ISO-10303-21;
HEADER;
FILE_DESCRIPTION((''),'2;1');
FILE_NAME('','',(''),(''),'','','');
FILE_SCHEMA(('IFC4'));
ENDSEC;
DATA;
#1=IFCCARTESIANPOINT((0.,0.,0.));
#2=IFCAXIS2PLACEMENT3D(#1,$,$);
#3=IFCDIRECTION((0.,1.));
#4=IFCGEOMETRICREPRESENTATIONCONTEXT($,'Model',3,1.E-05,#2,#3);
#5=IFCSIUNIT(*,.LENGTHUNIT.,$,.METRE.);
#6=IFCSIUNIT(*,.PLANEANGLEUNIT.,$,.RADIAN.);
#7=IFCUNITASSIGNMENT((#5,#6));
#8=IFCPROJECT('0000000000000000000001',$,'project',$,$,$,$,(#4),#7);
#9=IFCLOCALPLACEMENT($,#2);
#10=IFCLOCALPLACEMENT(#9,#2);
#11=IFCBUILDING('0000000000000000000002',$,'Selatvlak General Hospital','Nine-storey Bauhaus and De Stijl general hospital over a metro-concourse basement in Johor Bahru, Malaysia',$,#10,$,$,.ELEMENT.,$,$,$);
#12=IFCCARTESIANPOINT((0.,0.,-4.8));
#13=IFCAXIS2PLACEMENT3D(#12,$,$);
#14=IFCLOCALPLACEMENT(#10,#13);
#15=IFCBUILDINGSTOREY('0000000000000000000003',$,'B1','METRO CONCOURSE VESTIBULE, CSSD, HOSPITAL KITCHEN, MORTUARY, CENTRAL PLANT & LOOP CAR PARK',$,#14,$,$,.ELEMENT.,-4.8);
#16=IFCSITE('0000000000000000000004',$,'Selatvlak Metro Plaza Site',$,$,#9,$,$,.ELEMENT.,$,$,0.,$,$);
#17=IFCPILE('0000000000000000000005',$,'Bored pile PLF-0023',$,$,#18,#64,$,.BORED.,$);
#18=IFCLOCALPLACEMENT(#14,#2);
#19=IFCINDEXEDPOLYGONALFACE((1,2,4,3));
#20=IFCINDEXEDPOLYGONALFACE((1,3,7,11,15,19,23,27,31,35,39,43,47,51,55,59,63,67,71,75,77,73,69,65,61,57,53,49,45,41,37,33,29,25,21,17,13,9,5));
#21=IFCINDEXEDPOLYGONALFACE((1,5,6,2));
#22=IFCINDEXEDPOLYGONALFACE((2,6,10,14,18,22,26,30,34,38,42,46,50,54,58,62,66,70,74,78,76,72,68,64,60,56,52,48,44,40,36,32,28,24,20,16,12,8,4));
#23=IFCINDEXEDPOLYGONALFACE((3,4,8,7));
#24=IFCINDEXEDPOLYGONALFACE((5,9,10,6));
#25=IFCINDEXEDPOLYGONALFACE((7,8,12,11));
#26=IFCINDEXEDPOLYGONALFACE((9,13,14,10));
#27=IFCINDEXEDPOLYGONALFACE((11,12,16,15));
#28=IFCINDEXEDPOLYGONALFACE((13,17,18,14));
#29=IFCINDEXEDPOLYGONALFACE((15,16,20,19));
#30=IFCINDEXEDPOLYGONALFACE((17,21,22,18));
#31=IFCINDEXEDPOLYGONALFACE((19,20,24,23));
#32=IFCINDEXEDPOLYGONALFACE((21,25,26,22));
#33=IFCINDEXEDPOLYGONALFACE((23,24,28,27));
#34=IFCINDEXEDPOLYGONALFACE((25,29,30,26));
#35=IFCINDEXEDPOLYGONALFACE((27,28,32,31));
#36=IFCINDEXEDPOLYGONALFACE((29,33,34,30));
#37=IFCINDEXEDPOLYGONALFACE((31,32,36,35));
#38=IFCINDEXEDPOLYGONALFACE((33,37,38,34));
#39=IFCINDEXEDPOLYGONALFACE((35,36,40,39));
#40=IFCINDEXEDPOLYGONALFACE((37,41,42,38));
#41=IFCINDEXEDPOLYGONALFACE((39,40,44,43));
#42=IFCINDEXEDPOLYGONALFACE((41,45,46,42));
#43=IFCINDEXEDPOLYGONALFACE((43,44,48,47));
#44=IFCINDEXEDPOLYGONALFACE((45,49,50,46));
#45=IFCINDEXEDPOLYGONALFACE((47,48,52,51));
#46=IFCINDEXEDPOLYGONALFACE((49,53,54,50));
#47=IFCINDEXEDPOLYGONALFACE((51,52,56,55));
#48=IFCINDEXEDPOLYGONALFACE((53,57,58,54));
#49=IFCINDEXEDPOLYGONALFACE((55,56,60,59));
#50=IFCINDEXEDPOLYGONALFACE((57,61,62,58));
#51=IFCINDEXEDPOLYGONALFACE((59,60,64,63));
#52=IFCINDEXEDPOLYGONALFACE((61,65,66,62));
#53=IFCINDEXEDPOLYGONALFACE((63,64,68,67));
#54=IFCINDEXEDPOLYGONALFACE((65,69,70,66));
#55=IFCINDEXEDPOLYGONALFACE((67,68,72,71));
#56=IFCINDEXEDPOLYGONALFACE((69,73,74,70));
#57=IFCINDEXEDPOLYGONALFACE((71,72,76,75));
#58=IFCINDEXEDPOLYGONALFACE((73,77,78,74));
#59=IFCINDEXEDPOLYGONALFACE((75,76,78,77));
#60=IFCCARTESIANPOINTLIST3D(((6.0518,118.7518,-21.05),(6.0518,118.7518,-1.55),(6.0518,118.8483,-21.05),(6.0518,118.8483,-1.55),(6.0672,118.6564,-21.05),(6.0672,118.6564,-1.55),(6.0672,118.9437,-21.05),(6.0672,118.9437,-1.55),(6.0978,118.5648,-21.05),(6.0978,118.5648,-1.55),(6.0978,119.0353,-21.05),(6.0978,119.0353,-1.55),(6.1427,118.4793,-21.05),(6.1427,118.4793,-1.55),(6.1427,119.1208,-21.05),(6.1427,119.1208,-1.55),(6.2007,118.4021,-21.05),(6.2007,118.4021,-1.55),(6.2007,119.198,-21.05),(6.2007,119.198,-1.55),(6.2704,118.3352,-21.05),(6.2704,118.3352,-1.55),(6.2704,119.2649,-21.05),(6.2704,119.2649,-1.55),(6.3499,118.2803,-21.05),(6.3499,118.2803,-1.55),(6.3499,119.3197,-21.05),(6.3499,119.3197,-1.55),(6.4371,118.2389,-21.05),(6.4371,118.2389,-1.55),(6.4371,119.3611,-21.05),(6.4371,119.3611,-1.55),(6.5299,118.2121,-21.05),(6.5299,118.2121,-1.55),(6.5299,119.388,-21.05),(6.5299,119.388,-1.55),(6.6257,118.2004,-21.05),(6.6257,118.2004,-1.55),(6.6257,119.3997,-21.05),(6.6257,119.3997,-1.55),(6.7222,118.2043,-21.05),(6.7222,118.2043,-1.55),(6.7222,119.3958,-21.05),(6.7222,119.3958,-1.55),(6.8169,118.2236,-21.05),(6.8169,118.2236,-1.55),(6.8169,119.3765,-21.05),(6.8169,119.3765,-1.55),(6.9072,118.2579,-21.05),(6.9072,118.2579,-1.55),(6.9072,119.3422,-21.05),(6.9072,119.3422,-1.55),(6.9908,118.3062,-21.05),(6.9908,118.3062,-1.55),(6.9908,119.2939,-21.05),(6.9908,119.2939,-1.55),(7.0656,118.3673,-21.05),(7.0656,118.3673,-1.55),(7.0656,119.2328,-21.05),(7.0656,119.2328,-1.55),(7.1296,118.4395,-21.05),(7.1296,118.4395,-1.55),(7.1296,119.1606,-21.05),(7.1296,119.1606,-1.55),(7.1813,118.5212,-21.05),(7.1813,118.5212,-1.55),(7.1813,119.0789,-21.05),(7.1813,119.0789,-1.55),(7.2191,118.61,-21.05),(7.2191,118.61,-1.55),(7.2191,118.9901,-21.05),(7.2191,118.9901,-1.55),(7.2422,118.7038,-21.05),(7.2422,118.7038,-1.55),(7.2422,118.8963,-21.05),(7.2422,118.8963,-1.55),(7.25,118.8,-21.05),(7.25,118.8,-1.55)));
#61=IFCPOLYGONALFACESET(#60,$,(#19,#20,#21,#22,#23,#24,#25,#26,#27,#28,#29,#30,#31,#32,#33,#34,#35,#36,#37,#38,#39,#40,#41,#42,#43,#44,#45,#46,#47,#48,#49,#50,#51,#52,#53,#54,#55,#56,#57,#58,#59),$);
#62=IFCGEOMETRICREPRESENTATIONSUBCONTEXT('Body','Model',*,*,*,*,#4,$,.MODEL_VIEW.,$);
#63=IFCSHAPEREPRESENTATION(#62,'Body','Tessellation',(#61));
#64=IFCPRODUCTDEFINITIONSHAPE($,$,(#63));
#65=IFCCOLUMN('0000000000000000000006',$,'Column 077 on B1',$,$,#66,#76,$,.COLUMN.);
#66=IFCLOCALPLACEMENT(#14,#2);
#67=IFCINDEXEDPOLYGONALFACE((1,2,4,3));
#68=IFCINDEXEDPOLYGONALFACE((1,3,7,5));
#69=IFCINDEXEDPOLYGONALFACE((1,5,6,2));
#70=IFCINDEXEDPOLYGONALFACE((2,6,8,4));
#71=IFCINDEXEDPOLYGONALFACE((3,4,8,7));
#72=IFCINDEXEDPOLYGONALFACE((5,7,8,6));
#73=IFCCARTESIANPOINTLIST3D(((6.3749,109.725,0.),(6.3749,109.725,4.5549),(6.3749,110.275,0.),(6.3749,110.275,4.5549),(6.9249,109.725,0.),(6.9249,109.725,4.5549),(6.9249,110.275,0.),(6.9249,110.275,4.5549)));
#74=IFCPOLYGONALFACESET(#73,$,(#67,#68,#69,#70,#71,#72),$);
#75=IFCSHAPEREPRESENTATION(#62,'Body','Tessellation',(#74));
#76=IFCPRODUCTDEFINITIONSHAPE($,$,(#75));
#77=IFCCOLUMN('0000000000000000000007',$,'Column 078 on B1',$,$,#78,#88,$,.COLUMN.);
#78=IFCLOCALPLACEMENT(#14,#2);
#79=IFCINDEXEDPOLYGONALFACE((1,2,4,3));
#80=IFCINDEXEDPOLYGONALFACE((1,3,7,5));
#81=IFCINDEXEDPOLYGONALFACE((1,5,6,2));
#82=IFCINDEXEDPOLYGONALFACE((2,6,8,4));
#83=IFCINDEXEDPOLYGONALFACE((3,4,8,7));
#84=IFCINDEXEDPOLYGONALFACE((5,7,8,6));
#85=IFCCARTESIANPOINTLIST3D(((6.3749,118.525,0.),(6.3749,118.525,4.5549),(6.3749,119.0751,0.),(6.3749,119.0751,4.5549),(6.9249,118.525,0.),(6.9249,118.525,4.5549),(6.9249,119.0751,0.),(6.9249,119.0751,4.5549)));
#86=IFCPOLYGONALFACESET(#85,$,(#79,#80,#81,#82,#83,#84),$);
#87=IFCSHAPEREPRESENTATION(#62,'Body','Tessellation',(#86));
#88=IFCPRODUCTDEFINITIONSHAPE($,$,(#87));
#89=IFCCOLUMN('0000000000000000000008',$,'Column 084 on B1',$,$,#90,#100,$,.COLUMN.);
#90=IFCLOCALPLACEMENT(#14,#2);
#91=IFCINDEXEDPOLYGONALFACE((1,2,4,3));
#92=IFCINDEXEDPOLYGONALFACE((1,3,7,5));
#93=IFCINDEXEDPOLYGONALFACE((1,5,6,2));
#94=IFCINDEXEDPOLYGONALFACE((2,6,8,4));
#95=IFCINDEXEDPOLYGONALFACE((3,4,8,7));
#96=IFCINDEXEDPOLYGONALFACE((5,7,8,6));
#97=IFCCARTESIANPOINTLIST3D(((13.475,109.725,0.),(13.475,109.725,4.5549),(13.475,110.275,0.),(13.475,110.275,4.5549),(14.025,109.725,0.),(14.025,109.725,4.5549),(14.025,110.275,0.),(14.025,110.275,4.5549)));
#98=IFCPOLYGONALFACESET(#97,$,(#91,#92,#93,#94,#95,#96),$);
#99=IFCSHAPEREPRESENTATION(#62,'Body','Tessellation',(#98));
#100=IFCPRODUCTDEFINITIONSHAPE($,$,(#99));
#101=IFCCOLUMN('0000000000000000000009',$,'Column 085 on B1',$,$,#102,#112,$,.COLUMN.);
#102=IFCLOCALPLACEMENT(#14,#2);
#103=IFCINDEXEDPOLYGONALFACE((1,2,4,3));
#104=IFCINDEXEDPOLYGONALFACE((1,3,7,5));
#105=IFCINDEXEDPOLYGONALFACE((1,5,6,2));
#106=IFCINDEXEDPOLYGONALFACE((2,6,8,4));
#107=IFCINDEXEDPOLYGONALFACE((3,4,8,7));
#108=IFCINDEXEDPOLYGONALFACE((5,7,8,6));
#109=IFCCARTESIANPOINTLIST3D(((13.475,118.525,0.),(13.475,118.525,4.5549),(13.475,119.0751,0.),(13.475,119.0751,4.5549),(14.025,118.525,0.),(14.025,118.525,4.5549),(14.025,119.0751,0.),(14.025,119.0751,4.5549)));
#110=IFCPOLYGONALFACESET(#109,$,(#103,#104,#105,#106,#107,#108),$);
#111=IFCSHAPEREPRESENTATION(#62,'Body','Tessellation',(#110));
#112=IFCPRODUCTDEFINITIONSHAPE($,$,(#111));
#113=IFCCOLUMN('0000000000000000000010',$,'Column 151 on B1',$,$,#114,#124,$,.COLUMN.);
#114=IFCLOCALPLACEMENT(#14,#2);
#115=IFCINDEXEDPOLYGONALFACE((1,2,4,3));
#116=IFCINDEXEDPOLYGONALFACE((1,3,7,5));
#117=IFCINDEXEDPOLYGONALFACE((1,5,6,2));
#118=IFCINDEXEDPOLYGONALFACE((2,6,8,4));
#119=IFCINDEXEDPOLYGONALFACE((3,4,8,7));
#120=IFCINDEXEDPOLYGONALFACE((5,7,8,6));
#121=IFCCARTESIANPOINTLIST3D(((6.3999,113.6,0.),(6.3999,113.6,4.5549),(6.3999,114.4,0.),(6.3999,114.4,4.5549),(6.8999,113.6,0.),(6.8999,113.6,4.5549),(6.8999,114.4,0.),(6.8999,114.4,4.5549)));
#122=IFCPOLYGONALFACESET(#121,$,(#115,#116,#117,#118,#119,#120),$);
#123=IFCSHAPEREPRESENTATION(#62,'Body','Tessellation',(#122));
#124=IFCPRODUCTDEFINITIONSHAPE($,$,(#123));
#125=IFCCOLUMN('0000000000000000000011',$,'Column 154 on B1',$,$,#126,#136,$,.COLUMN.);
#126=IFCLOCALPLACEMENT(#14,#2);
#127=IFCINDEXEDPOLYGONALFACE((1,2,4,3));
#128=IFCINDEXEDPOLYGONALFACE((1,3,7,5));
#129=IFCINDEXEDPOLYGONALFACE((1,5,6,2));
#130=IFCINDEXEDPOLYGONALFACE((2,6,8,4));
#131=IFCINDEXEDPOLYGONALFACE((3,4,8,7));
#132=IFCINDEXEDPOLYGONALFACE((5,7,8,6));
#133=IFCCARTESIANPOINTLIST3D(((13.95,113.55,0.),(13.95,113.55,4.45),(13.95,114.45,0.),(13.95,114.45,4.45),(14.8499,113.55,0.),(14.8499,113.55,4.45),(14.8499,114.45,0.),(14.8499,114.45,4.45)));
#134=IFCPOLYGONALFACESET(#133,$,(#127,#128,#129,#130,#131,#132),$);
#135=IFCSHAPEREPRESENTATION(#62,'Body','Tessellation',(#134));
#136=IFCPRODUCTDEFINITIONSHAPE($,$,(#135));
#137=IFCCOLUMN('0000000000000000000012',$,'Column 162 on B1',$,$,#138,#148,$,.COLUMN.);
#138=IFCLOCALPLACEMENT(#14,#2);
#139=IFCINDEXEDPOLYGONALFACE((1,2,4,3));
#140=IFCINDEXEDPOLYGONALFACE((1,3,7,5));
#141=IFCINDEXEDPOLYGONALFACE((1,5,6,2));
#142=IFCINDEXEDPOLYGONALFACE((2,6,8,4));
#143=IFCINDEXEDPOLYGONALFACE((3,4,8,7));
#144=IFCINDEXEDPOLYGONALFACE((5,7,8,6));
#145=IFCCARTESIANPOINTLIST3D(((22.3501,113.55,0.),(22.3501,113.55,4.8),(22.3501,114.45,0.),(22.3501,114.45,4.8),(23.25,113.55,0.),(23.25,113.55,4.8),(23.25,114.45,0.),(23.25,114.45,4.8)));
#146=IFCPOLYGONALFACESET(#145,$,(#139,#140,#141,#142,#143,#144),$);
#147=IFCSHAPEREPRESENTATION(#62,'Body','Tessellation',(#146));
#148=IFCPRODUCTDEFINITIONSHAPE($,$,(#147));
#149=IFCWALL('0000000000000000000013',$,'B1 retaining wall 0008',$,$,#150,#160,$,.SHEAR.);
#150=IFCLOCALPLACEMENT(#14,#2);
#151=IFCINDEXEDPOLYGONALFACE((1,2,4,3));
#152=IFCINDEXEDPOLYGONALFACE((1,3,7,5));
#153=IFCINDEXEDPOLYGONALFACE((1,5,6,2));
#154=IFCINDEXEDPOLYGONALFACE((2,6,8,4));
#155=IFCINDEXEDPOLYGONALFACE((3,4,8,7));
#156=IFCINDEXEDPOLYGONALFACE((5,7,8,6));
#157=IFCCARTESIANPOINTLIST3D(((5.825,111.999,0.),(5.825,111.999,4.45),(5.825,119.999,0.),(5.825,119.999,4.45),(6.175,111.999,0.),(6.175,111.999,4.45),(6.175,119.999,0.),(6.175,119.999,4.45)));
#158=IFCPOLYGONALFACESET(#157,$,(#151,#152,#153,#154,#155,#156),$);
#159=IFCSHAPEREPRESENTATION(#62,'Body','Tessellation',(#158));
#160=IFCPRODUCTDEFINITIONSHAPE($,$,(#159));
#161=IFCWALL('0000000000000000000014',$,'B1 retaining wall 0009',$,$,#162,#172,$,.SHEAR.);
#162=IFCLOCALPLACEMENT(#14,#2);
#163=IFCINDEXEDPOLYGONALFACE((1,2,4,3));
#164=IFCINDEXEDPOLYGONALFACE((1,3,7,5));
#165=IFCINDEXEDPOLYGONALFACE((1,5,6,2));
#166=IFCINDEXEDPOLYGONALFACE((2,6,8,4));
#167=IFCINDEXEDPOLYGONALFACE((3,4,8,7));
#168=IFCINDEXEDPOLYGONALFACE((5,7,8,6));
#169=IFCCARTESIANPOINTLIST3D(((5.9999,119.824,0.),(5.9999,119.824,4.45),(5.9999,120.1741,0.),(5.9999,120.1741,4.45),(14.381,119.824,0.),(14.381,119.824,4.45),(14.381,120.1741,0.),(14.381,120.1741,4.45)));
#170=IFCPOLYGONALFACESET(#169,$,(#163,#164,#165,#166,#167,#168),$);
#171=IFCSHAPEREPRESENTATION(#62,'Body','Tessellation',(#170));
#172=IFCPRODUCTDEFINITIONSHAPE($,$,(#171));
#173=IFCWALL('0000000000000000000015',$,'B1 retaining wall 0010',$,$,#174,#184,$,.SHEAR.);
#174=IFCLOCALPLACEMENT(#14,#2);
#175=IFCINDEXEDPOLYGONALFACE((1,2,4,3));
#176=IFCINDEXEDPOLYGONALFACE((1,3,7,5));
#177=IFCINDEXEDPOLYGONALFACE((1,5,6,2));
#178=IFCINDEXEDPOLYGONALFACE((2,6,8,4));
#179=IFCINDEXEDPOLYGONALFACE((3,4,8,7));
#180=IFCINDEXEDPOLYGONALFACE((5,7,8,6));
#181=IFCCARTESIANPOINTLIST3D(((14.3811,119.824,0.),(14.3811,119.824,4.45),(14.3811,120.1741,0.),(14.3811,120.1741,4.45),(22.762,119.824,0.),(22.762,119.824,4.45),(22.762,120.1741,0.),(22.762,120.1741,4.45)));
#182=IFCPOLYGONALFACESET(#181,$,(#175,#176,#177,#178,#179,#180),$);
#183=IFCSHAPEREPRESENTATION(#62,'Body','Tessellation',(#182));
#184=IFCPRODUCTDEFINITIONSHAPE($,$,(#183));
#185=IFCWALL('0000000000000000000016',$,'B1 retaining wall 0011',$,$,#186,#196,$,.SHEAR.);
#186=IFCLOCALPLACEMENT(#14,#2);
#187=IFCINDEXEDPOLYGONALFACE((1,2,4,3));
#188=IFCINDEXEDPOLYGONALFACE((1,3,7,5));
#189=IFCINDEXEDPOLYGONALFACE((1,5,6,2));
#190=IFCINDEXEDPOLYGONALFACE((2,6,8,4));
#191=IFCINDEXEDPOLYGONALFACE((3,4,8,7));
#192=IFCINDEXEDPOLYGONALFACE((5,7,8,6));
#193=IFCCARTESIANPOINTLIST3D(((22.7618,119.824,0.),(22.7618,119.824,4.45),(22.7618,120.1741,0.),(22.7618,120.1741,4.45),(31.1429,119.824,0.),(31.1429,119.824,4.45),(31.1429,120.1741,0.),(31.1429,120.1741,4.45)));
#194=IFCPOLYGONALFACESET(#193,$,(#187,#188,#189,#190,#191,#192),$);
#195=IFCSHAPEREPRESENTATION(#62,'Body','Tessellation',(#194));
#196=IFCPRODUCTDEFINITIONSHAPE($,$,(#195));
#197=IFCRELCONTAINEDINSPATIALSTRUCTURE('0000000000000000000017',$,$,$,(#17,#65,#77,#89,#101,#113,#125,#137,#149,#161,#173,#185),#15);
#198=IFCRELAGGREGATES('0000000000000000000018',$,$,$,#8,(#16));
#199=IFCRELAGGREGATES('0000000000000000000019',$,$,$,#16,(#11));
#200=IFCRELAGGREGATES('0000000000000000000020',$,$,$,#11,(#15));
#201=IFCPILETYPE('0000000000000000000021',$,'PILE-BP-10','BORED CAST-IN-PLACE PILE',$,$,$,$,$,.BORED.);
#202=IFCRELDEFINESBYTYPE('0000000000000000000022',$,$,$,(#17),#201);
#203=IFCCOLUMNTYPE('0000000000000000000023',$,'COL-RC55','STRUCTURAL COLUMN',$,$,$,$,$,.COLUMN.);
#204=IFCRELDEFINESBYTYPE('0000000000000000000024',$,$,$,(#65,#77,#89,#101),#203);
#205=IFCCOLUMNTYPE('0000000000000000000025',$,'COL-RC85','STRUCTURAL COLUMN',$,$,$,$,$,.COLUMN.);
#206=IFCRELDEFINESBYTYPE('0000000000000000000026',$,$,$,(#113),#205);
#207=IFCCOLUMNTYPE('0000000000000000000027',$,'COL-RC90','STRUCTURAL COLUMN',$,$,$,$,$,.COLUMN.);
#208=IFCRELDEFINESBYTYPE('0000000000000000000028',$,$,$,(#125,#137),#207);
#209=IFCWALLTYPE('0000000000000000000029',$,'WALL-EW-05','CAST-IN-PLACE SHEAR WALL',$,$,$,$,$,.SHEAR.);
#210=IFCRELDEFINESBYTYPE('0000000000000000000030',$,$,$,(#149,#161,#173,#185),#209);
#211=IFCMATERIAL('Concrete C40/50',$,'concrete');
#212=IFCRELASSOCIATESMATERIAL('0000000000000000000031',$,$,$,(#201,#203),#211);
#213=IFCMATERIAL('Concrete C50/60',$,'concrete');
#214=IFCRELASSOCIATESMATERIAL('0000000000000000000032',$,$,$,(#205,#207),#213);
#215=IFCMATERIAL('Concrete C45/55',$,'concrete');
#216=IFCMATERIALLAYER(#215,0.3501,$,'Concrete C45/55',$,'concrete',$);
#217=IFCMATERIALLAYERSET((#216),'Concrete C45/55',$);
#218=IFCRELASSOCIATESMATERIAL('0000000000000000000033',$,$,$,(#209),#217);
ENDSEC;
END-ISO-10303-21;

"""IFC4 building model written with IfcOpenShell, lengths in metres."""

from ifc_helpers import new_model, si_unit, direction, frame, frame_2d, origin, origin_2d, place, context, subcontext, project, spatial, rectangle, circle, extrude, material, layer, layer_set, material_profile, profile_set, type_object, element, save


model = new_model("IFC4")

# Units and contexts
model_context = context("Model", 3, precision=1e-05, world=origin(), true_north=direction((0.0, 1.0)))
body_context = subcontext(model_context, "Body", "Model", "MODEL_VIEW")
ifc_project = project(units=[si_unit("LENGTHUNIT", "METRE"), si_unit("PLANEANGLEUNIT", "RADIAN")], contexts=[model_context])

# Site, building, storey
site_placement = place(None, origin())
site = spatial("IfcSite", under=ifc_project, at=site_placement, Name="Selatvlak Metro Plaza Site", CompositionType="ELEMENT", RefElevation=0.0)
building_placement = place(site_placement, origin())
building = spatial("IfcBuilding", under=site, at=building_placement, Name="Selatvlak General Hospital", Description="Nine-storey Bauhaus and De Stijl general hospital over a metro-concourse basement in Johor Bahru, Malaysia", CompositionType="ELEMENT")
storey_placement = place(building_placement, frame((0.0, 0.0, -4.8)))
storey = spatial("IfcBuildingStorey", under=building, at=storey_placement, Name="B1", Description="METRO CONCOURSE VESTIBULE, CSSD, HOSPITAL KITCHEN, MORTUARY, CENTRAL PLANT & LOOP CAR PARK", CompositionType="ELEMENT", Elevation=-4.8)

# Shared definitions
ifc_material_1 = material(Name="Concrete C40/50", Category="concrete")

# Pile
ifc_material_profile_1 = material_profile(ifc_material_1, circle(Radius=0.6001, at=origin_2d()), Name="BORED PILE 1200")
ifc_profile_set_1 = profile_set([ifc_material_profile_1], Name="Concrete C40/50")
pile_type_1 = type_object("IfcPileType", Name="PILE-BP-10", Description="BORED CAST-IN-PLACE PILE", PredefinedType="BORED", material=ifc_profile_set_1)
pile_1_placement = place(storey_placement, frame((6.6499, 118.8, -1.55), z_axis=(0.0, 0.0, -1.0), x_axis=(1.0, 0.0, 0.0)))
element("IfcPile", 1, at=pile_1_placement, inside=storey, type_object=pile_type_1, Name="Bored pile PLF-0023", PredefinedType="BORED", context=body_context, shape_type="SweptSolid", body=[
    extrude(circle(Radius=0.6001, at=origin_2d()), origin(), (0.0, 0.0, 1.0), 19.5),
])

# Columns
ifc_material_profile_2 = material_profile(ifc_material_1, rectangle(XDim=0.55, YDim=0.55, at=origin_2d()), Name="RC-COL 550x550")
ifc_profile_set_2 = profile_set([ifc_material_profile_2], Name="Concrete C40/50")
column_type_1 = type_object("IfcColumnType", Name="COL-RC55", Description="STRUCTURAL COLUMN", PredefinedType="COLUMN", material=ifc_profile_set_2)
for number, where, z_axis, x_axis, name in (
    (2, (6.6499, 110.0, 0.0), (0.0, 0.0, 1.0), (1.0, 0.0, 0.0), "Column 077 on B1"),
    (3, (6.6499, 118.8, 0.0), (0.0, 0.0, 1.0), (1.0, 0.0, 0.0), "Column 078 on B1"),
    (4, (13.75, 110.0, 0.0), (0.0, 0.0, 1.0), (1.0, 0.0, 0.0), "Column 084 on B1"),
    (5, (13.75, 118.8, 0.0), (0.0, 0.0, 1.0), (1.0, 0.0, 0.0), "Column 085 on B1"),
):
    element("IfcColumn", number, at=place(storey_placement, frame(where, z_axis=z_axis, x_axis=x_axis)), inside=storey, type_object=column_type_1, Name=name, PredefinedType="COLUMN", context=body_context, shape_type="SweptSolid", body=[
        extrude(rectangle(XDim=0.55, YDim=0.55, at=origin_2d()), origin(), (0.0, 0.0, 1.0), 4.5549),
    ])
ifc_material_2 = material(Name="Concrete C50/60", Category="concrete")
ifc_material_profile_3 = material_profile(ifc_material_2, rectangle(XDim=0.5, YDim=0.8, at=origin_2d()), Name="RC-COL 800x500")
ifc_profile_set_3 = profile_set([ifc_material_profile_3], Name="Concrete C50/60")
column_type_2 = type_object("IfcColumnType", Name="COL-RC85", Description="STRUCTURAL COLUMN", PredefinedType="COLUMN", material=ifc_profile_set_3)
column_1_placement = place(storey_placement, frame((6.6499, 114.0, 0.0), z_axis=(0.0, 0.0, 1.0), x_axis=(1.0, 0.0, 0.0)))
element("IfcColumn", 6, at=column_1_placement, inside=storey, type_object=column_type_2, Name="Column 151 on B1", PredefinedType="COLUMN", context=body_context, shape_type="SweptSolid", body=[
    extrude(rectangle(XDim=0.5, YDim=0.8, at=origin_2d()), origin(), (0.0, 0.0, 1.0), 4.5549),
])
ifc_material_profile_4 = material_profile(ifc_material_2, rectangle(XDim=0.8999, YDim=0.8999, at=origin_2d()), Name="RC-COL 900x900")
ifc_profile_set_4 = profile_set([ifc_material_profile_4], Name="Concrete C50/60")
column_type_3 = type_object("IfcColumnType", Name="COL-RC90", Description="STRUCTURAL COLUMN", PredefinedType="COLUMN", material=ifc_profile_set_4)
column_2_placement = place(storey_placement, frame((14.3999, 114.0, 0.0), z_axis=(0.0, 0.0, 1.0), x_axis=(1.0, 0.0, 0.0)))
element("IfcColumn", 7, at=column_2_placement, inside=storey, type_object=column_type_3, Name="Column 154 on B1", PredefinedType="COLUMN", context=body_context, shape_type="SweptSolid", body=[
    extrude(rectangle(XDim=0.8999, YDim=0.8999, at=origin_2d()), origin(), (0.0, 0.0, 1.0), 4.45),
])
column_3_placement = place(storey_placement, frame((22.8, 114.0, 0.0), z_axis=(0.0, 0.0, 1.0), x_axis=(1.0, 0.0, 0.0)))
element("IfcColumn", 8, at=column_3_placement, inside=storey, type_object=column_type_3, Name="Column 162 on B1", PredefinedType="COLUMN", context=body_context, shape_type="SweptSolid", body=[
    extrude(rectangle(XDim=0.8999, YDim=0.8999, at=origin_2d()), origin(), (0.0, 0.0, 1.0), 4.8),
])

# Walls
ifc_material_3 = material(Name="Concrete C45/55", Category="concrete")
ifc_layer_1 = layer(ifc_material_3, 0.3501, Name="Concrete C45/55", Category="concrete")
ifc_layer_set_1 = layer_set([ifc_layer_1], Name="Concrete C45/55")
wall_type_1 = type_object("IfcWallType", Name="WALL-EW-05", Description="CAST-IN-PLACE SHEAR WALL", PredefinedType="SHEAR", material=ifc_layer_set_1)
wall_1_placement = place(storey_placement, frame((6.0, 111.999, 0.0), z_axis=(0.0, 0.0, 1.0), x_axis=(0.0, 1.0, 0.0)))
element("IfcWall", 9, at=wall_1_placement, inside=storey, type_object=wall_type_1, Name="B1 retaining wall 0008", PredefinedType="SHEAR", context=body_context, shape_type="SweptSolid", body=[
    extrude(rectangle(XDim=8.0, YDim=0.3501, at=frame_2d((4.0, 0.0))), origin(), (0.0, 0.0, 1.0), 4.45),
])
wall_2_placement = place(storey_placement, frame((6.0, 119.999, 0.0), z_axis=(0.0, 0.0, 1.0), x_axis=(1.0, 0.0, 0.0)))
element("IfcWall", 10, at=wall_2_placement, inside=storey, type_object=wall_type_1, Name="B1 retaining wall 0009", PredefinedType="SHEAR", context=body_context, shape_type="SweptSolid", body=[
    extrude(rectangle(XDim=8.3811, YDim=0.3501, at=frame_2d((4.1904, 0.0))), origin(), (0.0, 0.0, 1.0), 4.45),
])
wall_3_placement = place(storey_placement, frame((14.3811, 119.999, 0.0), z_axis=(0.0, 0.0, 1.0), x_axis=(1.0, 0.0, 0.0)))
element("IfcWall", 11, at=wall_3_placement, inside=storey, type_object=wall_type_1, Name="B1 retaining wall 0010", PredefinedType="SHEAR", context=body_context, shape_type="SweptSolid", body=[
    extrude(rectangle(XDim=8.3809, YDim=0.3501, at=frame_2d((4.1904, 0.0))), origin(), (0.0, 0.0, 1.0), 4.45),
])
wall_4_placement = place(storey_placement, frame((22.762, 119.999, 0.0), z_axis=(0.0, 0.0, 1.0), x_axis=(1.0, 0.0, 0.0)))
element("IfcWall", 12, at=wall_4_placement, inside=storey, type_object=wall_type_1, Name="B1 retaining wall 0011", PredefinedType="SHEAR", context=body_context, shape_type="SweptSolid", body=[
    extrude(rectangle(XDim=8.3811, YDim=0.3501, at=frame_2d((4.1904, 0.0))), origin(), (0.0, 0.0, 1.0), 4.45),
])

save(model, "model.ifc")
